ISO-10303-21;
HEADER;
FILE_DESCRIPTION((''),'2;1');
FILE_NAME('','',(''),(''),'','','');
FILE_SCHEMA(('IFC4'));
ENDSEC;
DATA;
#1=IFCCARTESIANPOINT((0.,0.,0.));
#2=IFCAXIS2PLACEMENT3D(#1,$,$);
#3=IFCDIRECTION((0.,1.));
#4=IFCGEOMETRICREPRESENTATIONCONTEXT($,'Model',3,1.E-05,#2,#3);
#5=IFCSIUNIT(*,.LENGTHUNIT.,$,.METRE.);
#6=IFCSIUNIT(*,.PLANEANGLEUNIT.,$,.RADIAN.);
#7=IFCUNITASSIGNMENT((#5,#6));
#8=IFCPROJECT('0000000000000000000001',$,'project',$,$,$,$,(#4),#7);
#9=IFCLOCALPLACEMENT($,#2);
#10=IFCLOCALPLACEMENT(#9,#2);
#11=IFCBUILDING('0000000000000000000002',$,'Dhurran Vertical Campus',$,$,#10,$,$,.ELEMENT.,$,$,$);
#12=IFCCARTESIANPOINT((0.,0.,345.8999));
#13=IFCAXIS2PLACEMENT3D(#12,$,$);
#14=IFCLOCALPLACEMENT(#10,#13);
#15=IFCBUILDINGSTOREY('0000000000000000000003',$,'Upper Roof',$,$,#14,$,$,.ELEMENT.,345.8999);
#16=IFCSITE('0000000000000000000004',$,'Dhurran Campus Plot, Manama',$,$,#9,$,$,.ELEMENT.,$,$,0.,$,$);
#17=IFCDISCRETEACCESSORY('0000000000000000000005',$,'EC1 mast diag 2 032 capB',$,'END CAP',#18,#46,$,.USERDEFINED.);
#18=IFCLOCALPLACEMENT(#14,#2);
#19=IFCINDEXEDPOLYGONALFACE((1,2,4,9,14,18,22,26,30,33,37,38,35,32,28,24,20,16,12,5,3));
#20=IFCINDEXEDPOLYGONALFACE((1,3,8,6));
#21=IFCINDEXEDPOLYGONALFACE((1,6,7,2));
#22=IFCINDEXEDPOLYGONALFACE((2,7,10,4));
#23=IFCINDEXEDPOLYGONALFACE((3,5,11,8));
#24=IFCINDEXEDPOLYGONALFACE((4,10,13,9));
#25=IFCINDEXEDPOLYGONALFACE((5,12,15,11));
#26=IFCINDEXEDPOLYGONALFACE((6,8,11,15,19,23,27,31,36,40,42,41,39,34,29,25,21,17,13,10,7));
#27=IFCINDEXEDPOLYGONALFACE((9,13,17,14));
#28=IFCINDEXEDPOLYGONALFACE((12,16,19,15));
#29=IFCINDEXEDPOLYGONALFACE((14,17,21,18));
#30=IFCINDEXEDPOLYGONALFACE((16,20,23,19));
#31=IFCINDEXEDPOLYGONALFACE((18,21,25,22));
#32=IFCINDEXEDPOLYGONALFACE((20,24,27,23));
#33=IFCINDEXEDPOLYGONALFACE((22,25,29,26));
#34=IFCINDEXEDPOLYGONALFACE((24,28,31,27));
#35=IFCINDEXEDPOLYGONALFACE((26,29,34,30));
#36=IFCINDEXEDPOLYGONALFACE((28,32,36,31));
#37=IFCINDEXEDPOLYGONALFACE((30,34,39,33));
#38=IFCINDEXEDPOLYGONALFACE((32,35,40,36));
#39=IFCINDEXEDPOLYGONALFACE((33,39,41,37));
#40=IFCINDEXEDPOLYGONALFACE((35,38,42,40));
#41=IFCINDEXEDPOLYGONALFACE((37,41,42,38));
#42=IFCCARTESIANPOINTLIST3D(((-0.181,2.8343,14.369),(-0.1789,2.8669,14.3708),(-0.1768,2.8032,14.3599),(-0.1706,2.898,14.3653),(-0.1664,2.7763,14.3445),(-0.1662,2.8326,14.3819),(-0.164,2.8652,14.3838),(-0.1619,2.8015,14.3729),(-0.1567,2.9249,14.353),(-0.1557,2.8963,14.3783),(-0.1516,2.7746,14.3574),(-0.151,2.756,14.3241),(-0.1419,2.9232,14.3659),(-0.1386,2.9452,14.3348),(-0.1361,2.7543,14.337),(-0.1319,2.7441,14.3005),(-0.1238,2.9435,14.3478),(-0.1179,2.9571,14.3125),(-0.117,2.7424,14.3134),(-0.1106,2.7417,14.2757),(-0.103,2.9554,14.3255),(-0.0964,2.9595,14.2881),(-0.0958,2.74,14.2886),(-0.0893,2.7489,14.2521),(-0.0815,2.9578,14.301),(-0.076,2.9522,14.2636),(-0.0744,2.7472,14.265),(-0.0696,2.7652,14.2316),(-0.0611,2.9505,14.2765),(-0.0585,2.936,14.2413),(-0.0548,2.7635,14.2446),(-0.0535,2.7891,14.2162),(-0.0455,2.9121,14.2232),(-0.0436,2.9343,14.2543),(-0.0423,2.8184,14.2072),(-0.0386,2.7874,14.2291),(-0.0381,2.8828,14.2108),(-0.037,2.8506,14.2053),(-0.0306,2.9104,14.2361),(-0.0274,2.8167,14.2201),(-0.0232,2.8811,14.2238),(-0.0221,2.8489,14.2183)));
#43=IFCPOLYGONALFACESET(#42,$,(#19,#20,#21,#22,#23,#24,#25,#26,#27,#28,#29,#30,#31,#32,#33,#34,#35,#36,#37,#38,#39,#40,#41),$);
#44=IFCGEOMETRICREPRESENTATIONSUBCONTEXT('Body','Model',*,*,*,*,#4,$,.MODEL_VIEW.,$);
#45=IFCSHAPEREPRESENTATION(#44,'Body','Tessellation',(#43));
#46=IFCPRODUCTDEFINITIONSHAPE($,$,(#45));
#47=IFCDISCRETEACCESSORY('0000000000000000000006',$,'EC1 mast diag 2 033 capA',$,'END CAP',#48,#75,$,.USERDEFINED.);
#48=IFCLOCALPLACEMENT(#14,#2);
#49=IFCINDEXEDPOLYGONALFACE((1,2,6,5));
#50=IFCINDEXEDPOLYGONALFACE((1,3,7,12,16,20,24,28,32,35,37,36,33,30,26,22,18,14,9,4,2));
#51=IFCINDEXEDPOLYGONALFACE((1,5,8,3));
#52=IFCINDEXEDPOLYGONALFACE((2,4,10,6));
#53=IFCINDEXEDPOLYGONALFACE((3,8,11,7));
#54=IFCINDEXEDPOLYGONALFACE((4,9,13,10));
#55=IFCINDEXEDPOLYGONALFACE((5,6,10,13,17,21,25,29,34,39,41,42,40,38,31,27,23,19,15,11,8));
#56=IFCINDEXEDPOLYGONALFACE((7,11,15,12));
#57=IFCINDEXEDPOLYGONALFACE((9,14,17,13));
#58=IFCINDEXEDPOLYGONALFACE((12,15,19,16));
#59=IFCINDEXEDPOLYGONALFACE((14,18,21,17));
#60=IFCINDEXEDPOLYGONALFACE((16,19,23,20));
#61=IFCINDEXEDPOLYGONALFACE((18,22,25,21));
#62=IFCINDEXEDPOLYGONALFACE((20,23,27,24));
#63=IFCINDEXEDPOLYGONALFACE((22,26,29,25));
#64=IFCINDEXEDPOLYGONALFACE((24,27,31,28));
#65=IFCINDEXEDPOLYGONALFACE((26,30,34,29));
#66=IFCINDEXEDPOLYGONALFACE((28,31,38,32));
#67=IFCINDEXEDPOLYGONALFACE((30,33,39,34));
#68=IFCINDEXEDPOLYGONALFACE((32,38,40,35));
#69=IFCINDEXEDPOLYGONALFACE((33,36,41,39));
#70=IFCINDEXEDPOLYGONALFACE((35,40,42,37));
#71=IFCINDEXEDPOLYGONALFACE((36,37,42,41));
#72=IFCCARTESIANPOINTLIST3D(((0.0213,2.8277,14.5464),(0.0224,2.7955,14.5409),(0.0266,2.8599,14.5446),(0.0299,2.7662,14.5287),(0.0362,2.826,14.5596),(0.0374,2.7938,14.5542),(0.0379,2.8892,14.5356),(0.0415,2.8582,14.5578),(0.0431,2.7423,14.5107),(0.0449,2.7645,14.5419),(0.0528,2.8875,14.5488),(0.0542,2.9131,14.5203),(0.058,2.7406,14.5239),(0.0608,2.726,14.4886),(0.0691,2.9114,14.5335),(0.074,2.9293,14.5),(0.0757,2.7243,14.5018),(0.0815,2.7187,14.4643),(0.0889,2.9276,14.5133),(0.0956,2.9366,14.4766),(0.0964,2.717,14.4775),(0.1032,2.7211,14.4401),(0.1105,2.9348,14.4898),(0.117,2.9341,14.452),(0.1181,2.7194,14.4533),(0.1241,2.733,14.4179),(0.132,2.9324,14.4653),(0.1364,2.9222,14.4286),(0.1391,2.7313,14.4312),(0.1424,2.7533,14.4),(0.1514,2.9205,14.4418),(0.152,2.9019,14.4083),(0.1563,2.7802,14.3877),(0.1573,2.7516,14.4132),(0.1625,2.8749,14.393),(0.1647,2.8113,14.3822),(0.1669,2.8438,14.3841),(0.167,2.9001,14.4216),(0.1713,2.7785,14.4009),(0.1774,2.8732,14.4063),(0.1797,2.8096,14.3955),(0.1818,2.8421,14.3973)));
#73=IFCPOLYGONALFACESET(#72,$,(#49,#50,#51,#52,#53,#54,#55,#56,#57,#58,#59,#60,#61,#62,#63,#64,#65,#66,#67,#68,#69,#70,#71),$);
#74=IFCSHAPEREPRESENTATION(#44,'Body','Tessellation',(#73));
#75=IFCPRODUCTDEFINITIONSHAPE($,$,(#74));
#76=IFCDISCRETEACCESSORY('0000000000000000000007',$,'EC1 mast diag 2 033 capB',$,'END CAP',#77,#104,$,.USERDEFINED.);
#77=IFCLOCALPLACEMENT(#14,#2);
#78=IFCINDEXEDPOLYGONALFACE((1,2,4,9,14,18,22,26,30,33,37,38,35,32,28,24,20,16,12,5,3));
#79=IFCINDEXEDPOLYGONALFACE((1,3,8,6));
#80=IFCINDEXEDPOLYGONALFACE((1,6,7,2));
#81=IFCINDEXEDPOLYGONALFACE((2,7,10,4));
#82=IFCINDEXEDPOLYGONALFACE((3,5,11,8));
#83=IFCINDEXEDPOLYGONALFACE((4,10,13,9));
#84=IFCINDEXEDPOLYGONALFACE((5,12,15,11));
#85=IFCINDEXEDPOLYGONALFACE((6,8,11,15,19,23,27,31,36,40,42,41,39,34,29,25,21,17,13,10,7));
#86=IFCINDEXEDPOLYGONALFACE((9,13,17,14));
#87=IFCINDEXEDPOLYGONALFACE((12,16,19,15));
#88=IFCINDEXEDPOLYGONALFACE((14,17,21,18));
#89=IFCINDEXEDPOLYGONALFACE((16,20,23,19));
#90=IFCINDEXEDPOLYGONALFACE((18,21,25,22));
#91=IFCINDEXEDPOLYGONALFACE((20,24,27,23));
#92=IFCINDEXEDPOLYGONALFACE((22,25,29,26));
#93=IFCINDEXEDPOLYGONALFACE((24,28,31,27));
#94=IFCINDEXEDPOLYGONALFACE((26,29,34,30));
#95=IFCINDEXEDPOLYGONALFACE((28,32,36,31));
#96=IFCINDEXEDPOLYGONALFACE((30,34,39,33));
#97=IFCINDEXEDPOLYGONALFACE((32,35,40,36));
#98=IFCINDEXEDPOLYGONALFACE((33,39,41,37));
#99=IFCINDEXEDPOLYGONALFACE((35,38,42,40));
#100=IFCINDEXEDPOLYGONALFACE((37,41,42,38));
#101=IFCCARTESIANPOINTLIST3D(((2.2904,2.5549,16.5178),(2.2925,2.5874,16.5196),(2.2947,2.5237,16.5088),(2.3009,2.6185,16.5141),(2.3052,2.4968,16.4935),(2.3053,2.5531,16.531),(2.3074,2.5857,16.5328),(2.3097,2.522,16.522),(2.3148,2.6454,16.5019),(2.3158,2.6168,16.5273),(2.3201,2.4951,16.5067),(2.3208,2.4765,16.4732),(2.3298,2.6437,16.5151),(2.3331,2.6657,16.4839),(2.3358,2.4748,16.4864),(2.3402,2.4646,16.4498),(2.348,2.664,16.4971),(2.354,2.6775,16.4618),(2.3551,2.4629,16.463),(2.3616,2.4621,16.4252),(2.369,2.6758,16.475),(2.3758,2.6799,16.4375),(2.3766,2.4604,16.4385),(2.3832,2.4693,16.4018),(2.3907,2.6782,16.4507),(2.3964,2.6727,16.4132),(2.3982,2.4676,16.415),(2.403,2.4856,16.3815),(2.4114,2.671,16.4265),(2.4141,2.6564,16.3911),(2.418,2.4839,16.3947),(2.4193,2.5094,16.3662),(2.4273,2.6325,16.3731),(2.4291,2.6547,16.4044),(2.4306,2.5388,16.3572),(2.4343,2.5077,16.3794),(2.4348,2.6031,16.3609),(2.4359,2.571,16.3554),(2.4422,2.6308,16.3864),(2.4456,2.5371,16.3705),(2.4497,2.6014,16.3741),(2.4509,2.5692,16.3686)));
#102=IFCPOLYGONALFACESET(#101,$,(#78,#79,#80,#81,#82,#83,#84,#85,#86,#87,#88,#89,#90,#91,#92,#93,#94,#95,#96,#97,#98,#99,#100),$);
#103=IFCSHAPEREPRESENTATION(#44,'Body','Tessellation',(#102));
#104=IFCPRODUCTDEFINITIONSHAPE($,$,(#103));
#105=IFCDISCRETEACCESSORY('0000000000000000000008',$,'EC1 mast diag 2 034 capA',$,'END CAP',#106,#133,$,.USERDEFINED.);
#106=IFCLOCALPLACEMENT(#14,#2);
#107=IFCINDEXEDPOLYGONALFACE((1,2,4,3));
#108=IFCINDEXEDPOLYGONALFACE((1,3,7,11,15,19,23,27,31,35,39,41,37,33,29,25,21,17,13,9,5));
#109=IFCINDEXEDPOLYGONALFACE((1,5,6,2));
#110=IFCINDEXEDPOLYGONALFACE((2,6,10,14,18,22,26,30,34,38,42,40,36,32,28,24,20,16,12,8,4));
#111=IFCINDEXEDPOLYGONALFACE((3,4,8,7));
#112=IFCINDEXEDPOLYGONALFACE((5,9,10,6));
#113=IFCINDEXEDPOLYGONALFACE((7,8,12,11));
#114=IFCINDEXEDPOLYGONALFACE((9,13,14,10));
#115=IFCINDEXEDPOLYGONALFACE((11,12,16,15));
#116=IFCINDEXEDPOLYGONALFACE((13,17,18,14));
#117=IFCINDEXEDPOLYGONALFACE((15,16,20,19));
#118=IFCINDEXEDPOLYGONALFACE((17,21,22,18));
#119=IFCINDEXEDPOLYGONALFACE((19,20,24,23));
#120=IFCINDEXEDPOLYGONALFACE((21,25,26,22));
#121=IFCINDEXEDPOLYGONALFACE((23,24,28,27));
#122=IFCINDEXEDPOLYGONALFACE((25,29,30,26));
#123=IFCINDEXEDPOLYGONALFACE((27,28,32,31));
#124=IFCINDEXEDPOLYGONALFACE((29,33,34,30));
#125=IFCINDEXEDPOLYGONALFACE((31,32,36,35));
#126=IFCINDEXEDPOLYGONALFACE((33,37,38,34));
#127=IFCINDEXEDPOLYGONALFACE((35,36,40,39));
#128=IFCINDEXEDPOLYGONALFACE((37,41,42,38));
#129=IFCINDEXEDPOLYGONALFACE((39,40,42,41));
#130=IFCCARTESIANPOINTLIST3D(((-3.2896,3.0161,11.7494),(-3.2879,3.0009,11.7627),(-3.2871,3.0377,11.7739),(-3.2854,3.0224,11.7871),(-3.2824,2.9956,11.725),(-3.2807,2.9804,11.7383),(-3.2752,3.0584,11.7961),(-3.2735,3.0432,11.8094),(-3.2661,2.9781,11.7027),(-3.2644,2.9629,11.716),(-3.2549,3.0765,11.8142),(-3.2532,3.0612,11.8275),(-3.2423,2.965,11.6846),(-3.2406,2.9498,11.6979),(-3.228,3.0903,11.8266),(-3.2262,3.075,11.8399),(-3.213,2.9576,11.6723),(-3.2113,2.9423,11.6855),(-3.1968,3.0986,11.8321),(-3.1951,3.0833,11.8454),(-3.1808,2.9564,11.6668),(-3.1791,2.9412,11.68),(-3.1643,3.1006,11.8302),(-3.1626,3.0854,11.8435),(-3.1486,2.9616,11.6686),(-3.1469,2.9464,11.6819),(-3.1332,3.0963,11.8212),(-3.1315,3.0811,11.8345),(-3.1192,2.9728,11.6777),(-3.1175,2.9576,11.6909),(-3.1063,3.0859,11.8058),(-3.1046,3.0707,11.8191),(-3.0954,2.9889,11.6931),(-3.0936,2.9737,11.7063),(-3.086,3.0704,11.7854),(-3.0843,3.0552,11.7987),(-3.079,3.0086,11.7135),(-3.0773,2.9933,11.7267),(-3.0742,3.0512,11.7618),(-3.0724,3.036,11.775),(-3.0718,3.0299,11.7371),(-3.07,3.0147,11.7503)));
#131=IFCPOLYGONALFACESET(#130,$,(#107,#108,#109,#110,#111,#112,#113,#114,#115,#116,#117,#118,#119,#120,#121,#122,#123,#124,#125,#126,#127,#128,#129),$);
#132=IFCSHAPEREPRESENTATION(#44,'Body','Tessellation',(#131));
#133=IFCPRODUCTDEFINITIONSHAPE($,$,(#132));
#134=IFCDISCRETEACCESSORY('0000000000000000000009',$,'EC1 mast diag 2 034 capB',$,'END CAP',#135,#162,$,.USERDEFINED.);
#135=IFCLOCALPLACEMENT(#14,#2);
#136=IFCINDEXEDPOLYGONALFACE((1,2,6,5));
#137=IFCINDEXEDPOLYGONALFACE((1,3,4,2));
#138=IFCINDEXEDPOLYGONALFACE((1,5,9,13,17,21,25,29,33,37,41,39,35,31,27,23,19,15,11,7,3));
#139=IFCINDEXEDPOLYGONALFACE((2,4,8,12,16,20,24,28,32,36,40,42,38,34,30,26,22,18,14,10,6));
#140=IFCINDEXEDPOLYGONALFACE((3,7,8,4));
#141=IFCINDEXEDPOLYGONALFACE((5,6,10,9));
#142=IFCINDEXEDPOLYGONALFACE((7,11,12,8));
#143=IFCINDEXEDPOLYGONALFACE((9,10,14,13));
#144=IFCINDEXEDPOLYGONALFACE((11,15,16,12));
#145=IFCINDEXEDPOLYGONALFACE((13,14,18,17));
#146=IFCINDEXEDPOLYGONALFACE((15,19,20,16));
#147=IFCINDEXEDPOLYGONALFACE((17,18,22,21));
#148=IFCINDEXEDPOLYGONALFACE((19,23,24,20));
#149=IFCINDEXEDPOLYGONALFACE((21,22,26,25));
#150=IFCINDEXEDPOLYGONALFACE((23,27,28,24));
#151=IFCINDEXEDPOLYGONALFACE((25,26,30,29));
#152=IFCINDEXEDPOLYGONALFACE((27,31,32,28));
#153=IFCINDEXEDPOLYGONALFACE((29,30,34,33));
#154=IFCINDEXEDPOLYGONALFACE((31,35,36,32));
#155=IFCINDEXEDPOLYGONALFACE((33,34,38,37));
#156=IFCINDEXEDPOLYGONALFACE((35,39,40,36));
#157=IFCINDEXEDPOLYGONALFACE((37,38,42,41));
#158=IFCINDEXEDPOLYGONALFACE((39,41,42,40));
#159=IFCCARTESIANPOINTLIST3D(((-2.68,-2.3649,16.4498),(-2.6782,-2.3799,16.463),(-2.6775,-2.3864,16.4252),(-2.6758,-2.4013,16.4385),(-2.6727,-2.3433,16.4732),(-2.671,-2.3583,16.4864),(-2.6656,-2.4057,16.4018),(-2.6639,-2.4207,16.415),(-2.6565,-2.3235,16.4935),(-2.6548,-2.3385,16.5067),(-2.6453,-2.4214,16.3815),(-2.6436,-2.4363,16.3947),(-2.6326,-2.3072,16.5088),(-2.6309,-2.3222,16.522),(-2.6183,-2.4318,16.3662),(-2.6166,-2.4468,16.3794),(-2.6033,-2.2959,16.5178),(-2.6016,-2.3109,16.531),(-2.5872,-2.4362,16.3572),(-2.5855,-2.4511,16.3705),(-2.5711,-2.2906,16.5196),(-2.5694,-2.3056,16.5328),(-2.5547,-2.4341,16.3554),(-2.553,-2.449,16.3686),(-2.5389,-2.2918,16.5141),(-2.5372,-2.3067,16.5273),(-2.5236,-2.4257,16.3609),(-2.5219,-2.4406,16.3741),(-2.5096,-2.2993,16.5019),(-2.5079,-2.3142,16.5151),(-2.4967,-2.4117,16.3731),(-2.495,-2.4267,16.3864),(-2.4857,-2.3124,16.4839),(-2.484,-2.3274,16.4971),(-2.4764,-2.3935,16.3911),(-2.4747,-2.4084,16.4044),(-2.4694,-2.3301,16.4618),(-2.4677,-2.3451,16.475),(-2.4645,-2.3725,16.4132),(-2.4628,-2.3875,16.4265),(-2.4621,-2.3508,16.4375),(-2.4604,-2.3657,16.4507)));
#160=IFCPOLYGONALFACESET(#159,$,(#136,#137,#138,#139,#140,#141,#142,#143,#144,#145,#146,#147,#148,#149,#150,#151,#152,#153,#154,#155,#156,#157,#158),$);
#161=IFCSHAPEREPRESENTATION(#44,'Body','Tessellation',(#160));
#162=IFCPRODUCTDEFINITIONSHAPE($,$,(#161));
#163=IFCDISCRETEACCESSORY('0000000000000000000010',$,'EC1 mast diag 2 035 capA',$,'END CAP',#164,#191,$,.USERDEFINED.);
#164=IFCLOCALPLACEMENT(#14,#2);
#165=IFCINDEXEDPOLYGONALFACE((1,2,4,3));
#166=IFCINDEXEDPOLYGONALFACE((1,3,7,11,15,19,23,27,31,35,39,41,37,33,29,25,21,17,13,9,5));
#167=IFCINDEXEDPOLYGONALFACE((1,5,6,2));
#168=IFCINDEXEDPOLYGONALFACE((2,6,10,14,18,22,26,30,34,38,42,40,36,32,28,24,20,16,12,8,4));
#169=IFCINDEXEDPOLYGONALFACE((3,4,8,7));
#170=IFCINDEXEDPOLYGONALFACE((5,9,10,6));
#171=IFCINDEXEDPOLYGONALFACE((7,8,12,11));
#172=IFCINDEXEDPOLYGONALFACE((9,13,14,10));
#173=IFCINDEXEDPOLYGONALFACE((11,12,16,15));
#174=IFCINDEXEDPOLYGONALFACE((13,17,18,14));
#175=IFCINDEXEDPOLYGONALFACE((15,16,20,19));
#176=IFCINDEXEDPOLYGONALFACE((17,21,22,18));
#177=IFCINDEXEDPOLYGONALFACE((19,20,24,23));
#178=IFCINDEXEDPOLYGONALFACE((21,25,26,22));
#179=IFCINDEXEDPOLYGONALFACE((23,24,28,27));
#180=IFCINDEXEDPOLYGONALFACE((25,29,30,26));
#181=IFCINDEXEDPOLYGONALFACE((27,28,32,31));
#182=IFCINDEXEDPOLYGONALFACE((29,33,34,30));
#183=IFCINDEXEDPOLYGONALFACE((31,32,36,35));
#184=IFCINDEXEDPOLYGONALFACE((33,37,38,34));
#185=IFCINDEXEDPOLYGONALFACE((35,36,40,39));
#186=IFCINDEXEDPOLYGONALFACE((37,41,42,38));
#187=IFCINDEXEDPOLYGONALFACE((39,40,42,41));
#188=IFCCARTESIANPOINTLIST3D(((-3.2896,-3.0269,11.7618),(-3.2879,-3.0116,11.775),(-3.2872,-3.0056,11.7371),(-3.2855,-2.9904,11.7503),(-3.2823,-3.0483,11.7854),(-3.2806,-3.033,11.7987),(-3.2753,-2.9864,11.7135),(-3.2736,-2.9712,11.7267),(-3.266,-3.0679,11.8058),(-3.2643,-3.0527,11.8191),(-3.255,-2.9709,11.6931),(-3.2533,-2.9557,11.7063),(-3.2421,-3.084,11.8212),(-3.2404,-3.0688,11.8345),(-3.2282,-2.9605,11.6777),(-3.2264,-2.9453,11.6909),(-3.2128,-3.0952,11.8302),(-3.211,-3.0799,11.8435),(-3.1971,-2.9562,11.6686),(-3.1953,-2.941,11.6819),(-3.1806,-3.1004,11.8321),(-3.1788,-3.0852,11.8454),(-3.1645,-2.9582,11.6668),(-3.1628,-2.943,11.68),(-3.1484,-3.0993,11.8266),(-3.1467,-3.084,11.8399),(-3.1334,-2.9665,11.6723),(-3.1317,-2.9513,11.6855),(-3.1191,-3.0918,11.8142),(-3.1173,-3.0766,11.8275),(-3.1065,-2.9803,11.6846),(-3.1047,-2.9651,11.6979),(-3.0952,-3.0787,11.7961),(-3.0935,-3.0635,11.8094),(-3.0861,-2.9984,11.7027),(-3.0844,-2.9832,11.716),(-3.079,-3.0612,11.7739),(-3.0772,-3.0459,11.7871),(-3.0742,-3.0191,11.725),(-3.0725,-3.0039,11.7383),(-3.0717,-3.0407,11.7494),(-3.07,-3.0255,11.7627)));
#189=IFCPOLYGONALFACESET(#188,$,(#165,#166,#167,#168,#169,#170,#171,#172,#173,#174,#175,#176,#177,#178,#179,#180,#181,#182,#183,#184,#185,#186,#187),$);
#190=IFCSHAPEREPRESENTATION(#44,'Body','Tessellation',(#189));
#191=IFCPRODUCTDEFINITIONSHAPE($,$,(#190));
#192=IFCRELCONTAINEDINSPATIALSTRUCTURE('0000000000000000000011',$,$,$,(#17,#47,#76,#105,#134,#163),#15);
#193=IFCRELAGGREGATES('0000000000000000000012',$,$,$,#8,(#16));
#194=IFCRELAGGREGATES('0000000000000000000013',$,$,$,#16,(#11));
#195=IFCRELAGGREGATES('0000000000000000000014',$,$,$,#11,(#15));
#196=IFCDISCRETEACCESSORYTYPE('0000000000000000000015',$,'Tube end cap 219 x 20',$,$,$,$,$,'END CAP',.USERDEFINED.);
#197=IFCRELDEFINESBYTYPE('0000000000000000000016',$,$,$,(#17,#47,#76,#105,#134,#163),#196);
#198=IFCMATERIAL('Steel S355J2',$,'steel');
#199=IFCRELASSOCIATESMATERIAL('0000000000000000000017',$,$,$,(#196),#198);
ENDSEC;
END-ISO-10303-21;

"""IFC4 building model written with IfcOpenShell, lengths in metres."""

from ifc_helpers import new_model, si_unit, direction, frame, origin, origin_2d, place, context, subcontext, project, spatial, circle, extrude, material, material_profile, profile_set, type_object, element, save


model = new_model("IFC4")

# Units and contexts
model_context = context("Model", 3, precision=1e-05, world=origin(), true_north=direction((0.0, 1.0)))
body_context = subcontext(model_context, "Body", "Model", "MODEL_VIEW")
ifc_project = project(units=[si_unit("LENGTHUNIT", "METRE"), si_unit("PLANEANGLEUNIT", "RADIAN")], contexts=[model_context])

# Site, building, storey
site_placement = place(None, origin())
site = spatial("IfcSite", under=ifc_project, at=site_placement, Name="Dhurran Campus Plot, Manama", CompositionType="ELEMENT", RefElevation=0.0)
building_placement = place(site_placement, origin())
building = spatial("IfcBuilding", under=site, at=building_placement, Name="Dhurran Vertical Campus", CompositionType="ELEMENT")
storey_placement = place(building_placement, frame((0.0, 0.0, 345.8999)))
storey = spatial("IfcBuildingStorey", under=building, at=storey_placement, Name="Upper Roof", CompositionType="ELEMENT", Elevation=345.8999)

# Discrete accessories
ifc_material_1 = material(Name="Steel S355J2", Category="steel")
ifc_material_profile_1 = material_profile(ifc_material_1, circle(Radius=0.1096, at=origin_2d()), Name="Tube end cap 219 x 20")
ifc_profile_set_1 = profile_set([ifc_material_profile_1], Name="Steel S355J2")
discrete_accessory_type = type_object("IfcDiscreteAccessoryType", Name="Tube end cap 219 x 20", ElementType="END CAP", PredefinedType="USERDEFINED", material=ifc_profile_set_1)
discrete_accessory_1_placement = place(storey_placement, frame((-0.1089, 2.8506, 14.2881), z_axis=(0.752056, -0.086301, 0.653425), x_axis=(0.114006, 0.99348, 0.0)))
element("IfcDiscreteAccessory", 1, at=discrete_accessory_1_placement, inside=storey, type_object=discrete_accessory_type, Name="EC1 mast diag 2 032 capB", ObjectType="END CAP", PredefinedType="USERDEFINED", context=body_context, shape_type="SweptSolid", body=[
    extrude(circle(Radius=0.1096, at=origin_2d()), origin(), (0.0, 0.0, 1.0), 0.0198),
])
for number, where, z_axis, x_axis, name in (
    (2, (0.1089, 2.8259, 14.4775), (-0.746013, 0.085608, -0.660405), (-0.114006, -0.99348, 0.0), "EC1 mast diag 2 033 capA"),
    (3, (2.3633, 2.571, 16.4375), (0.746013, -0.085608, 0.660405), (0.114006, 0.99348, 0.0), "EC1 mast diag 2 033 capB"),
):
    element("IfcDiscreteAccessory", number, at=place(storey_placement, frame(where, z_axis=z_axis, x_axis=x_axis)), inside=storey, type_object=discrete_accessory_type, Name=name, ObjectType="END CAP", PredefinedType="USERDEFINED", context=body_context, shape_type="SweptSolid", body=[
        extrude(circle(Radius=0.1096, at=origin_2d()), origin(), (0.0, 0.0, 1.0), 0.02),
    ])
discrete_accessory_2_placement = place(storey_placement, frame((-3.179, 3.0132, 11.7627), z_axis=(-0.084831, 0.751363, -0.654413), x_axis=(-0.993687, -0.11219, 0.0)))
element("IfcDiscreteAccessory", 4, at=discrete_accessory_2_placement, inside=storey, type_object=discrete_accessory_type, Name="EC1 mast diag 2 034 capA", ObjectType="END CAP", PredefinedType="USERDEFINED", context=body_context, shape_type="SweptSolid", body=[
    extrude(circle(Radius=0.1096, at=origin_2d()), origin(), (0.0, 0.0, 1.0), 0.0203),
])
discrete_accessory_3_placement = place(storey_placement, frame((-2.571, -2.3633, 16.4375), z_axis=(0.085608, -0.746013, 0.660405), x_axis=(0.99348, 0.114006, 0.0)))
element("IfcDiscreteAccessory", 5, at=discrete_accessory_3_placement, inside=storey, type_object=discrete_accessory_type, Name="EC1 mast diag 2 034 capB", ObjectType="END CAP", PredefinedType="USERDEFINED", context=body_context, shape_type="SweptSolid", body=[
    extrude(circle(Radius=0.1096, at=origin_2d()), origin(), (0.0, 0.0, 1.0), 0.02),
])
discrete_accessory_4_placement = place(storey_placement, frame((-3.179, -3.0132, 11.7627), z_axis=(-0.084831, -0.751363, -0.654413), x_axis=(0.993687, -0.11219, 0.0)))
element("IfcDiscreteAccessory", 6, at=discrete_accessory_4_placement, inside=storey, type_object=discrete_accessory_type, Name="EC1 mast diag 2 035 capA", ObjectType="END CAP", PredefinedType="USERDEFINED", context=body_context, shape_type="SweptSolid", body=[
    extrude(circle(Radius=0.1096, at=origin_2d()), origin(), (0.0, 0.0, 1.0), 0.0203),
])

save(model, "model.ifc")
